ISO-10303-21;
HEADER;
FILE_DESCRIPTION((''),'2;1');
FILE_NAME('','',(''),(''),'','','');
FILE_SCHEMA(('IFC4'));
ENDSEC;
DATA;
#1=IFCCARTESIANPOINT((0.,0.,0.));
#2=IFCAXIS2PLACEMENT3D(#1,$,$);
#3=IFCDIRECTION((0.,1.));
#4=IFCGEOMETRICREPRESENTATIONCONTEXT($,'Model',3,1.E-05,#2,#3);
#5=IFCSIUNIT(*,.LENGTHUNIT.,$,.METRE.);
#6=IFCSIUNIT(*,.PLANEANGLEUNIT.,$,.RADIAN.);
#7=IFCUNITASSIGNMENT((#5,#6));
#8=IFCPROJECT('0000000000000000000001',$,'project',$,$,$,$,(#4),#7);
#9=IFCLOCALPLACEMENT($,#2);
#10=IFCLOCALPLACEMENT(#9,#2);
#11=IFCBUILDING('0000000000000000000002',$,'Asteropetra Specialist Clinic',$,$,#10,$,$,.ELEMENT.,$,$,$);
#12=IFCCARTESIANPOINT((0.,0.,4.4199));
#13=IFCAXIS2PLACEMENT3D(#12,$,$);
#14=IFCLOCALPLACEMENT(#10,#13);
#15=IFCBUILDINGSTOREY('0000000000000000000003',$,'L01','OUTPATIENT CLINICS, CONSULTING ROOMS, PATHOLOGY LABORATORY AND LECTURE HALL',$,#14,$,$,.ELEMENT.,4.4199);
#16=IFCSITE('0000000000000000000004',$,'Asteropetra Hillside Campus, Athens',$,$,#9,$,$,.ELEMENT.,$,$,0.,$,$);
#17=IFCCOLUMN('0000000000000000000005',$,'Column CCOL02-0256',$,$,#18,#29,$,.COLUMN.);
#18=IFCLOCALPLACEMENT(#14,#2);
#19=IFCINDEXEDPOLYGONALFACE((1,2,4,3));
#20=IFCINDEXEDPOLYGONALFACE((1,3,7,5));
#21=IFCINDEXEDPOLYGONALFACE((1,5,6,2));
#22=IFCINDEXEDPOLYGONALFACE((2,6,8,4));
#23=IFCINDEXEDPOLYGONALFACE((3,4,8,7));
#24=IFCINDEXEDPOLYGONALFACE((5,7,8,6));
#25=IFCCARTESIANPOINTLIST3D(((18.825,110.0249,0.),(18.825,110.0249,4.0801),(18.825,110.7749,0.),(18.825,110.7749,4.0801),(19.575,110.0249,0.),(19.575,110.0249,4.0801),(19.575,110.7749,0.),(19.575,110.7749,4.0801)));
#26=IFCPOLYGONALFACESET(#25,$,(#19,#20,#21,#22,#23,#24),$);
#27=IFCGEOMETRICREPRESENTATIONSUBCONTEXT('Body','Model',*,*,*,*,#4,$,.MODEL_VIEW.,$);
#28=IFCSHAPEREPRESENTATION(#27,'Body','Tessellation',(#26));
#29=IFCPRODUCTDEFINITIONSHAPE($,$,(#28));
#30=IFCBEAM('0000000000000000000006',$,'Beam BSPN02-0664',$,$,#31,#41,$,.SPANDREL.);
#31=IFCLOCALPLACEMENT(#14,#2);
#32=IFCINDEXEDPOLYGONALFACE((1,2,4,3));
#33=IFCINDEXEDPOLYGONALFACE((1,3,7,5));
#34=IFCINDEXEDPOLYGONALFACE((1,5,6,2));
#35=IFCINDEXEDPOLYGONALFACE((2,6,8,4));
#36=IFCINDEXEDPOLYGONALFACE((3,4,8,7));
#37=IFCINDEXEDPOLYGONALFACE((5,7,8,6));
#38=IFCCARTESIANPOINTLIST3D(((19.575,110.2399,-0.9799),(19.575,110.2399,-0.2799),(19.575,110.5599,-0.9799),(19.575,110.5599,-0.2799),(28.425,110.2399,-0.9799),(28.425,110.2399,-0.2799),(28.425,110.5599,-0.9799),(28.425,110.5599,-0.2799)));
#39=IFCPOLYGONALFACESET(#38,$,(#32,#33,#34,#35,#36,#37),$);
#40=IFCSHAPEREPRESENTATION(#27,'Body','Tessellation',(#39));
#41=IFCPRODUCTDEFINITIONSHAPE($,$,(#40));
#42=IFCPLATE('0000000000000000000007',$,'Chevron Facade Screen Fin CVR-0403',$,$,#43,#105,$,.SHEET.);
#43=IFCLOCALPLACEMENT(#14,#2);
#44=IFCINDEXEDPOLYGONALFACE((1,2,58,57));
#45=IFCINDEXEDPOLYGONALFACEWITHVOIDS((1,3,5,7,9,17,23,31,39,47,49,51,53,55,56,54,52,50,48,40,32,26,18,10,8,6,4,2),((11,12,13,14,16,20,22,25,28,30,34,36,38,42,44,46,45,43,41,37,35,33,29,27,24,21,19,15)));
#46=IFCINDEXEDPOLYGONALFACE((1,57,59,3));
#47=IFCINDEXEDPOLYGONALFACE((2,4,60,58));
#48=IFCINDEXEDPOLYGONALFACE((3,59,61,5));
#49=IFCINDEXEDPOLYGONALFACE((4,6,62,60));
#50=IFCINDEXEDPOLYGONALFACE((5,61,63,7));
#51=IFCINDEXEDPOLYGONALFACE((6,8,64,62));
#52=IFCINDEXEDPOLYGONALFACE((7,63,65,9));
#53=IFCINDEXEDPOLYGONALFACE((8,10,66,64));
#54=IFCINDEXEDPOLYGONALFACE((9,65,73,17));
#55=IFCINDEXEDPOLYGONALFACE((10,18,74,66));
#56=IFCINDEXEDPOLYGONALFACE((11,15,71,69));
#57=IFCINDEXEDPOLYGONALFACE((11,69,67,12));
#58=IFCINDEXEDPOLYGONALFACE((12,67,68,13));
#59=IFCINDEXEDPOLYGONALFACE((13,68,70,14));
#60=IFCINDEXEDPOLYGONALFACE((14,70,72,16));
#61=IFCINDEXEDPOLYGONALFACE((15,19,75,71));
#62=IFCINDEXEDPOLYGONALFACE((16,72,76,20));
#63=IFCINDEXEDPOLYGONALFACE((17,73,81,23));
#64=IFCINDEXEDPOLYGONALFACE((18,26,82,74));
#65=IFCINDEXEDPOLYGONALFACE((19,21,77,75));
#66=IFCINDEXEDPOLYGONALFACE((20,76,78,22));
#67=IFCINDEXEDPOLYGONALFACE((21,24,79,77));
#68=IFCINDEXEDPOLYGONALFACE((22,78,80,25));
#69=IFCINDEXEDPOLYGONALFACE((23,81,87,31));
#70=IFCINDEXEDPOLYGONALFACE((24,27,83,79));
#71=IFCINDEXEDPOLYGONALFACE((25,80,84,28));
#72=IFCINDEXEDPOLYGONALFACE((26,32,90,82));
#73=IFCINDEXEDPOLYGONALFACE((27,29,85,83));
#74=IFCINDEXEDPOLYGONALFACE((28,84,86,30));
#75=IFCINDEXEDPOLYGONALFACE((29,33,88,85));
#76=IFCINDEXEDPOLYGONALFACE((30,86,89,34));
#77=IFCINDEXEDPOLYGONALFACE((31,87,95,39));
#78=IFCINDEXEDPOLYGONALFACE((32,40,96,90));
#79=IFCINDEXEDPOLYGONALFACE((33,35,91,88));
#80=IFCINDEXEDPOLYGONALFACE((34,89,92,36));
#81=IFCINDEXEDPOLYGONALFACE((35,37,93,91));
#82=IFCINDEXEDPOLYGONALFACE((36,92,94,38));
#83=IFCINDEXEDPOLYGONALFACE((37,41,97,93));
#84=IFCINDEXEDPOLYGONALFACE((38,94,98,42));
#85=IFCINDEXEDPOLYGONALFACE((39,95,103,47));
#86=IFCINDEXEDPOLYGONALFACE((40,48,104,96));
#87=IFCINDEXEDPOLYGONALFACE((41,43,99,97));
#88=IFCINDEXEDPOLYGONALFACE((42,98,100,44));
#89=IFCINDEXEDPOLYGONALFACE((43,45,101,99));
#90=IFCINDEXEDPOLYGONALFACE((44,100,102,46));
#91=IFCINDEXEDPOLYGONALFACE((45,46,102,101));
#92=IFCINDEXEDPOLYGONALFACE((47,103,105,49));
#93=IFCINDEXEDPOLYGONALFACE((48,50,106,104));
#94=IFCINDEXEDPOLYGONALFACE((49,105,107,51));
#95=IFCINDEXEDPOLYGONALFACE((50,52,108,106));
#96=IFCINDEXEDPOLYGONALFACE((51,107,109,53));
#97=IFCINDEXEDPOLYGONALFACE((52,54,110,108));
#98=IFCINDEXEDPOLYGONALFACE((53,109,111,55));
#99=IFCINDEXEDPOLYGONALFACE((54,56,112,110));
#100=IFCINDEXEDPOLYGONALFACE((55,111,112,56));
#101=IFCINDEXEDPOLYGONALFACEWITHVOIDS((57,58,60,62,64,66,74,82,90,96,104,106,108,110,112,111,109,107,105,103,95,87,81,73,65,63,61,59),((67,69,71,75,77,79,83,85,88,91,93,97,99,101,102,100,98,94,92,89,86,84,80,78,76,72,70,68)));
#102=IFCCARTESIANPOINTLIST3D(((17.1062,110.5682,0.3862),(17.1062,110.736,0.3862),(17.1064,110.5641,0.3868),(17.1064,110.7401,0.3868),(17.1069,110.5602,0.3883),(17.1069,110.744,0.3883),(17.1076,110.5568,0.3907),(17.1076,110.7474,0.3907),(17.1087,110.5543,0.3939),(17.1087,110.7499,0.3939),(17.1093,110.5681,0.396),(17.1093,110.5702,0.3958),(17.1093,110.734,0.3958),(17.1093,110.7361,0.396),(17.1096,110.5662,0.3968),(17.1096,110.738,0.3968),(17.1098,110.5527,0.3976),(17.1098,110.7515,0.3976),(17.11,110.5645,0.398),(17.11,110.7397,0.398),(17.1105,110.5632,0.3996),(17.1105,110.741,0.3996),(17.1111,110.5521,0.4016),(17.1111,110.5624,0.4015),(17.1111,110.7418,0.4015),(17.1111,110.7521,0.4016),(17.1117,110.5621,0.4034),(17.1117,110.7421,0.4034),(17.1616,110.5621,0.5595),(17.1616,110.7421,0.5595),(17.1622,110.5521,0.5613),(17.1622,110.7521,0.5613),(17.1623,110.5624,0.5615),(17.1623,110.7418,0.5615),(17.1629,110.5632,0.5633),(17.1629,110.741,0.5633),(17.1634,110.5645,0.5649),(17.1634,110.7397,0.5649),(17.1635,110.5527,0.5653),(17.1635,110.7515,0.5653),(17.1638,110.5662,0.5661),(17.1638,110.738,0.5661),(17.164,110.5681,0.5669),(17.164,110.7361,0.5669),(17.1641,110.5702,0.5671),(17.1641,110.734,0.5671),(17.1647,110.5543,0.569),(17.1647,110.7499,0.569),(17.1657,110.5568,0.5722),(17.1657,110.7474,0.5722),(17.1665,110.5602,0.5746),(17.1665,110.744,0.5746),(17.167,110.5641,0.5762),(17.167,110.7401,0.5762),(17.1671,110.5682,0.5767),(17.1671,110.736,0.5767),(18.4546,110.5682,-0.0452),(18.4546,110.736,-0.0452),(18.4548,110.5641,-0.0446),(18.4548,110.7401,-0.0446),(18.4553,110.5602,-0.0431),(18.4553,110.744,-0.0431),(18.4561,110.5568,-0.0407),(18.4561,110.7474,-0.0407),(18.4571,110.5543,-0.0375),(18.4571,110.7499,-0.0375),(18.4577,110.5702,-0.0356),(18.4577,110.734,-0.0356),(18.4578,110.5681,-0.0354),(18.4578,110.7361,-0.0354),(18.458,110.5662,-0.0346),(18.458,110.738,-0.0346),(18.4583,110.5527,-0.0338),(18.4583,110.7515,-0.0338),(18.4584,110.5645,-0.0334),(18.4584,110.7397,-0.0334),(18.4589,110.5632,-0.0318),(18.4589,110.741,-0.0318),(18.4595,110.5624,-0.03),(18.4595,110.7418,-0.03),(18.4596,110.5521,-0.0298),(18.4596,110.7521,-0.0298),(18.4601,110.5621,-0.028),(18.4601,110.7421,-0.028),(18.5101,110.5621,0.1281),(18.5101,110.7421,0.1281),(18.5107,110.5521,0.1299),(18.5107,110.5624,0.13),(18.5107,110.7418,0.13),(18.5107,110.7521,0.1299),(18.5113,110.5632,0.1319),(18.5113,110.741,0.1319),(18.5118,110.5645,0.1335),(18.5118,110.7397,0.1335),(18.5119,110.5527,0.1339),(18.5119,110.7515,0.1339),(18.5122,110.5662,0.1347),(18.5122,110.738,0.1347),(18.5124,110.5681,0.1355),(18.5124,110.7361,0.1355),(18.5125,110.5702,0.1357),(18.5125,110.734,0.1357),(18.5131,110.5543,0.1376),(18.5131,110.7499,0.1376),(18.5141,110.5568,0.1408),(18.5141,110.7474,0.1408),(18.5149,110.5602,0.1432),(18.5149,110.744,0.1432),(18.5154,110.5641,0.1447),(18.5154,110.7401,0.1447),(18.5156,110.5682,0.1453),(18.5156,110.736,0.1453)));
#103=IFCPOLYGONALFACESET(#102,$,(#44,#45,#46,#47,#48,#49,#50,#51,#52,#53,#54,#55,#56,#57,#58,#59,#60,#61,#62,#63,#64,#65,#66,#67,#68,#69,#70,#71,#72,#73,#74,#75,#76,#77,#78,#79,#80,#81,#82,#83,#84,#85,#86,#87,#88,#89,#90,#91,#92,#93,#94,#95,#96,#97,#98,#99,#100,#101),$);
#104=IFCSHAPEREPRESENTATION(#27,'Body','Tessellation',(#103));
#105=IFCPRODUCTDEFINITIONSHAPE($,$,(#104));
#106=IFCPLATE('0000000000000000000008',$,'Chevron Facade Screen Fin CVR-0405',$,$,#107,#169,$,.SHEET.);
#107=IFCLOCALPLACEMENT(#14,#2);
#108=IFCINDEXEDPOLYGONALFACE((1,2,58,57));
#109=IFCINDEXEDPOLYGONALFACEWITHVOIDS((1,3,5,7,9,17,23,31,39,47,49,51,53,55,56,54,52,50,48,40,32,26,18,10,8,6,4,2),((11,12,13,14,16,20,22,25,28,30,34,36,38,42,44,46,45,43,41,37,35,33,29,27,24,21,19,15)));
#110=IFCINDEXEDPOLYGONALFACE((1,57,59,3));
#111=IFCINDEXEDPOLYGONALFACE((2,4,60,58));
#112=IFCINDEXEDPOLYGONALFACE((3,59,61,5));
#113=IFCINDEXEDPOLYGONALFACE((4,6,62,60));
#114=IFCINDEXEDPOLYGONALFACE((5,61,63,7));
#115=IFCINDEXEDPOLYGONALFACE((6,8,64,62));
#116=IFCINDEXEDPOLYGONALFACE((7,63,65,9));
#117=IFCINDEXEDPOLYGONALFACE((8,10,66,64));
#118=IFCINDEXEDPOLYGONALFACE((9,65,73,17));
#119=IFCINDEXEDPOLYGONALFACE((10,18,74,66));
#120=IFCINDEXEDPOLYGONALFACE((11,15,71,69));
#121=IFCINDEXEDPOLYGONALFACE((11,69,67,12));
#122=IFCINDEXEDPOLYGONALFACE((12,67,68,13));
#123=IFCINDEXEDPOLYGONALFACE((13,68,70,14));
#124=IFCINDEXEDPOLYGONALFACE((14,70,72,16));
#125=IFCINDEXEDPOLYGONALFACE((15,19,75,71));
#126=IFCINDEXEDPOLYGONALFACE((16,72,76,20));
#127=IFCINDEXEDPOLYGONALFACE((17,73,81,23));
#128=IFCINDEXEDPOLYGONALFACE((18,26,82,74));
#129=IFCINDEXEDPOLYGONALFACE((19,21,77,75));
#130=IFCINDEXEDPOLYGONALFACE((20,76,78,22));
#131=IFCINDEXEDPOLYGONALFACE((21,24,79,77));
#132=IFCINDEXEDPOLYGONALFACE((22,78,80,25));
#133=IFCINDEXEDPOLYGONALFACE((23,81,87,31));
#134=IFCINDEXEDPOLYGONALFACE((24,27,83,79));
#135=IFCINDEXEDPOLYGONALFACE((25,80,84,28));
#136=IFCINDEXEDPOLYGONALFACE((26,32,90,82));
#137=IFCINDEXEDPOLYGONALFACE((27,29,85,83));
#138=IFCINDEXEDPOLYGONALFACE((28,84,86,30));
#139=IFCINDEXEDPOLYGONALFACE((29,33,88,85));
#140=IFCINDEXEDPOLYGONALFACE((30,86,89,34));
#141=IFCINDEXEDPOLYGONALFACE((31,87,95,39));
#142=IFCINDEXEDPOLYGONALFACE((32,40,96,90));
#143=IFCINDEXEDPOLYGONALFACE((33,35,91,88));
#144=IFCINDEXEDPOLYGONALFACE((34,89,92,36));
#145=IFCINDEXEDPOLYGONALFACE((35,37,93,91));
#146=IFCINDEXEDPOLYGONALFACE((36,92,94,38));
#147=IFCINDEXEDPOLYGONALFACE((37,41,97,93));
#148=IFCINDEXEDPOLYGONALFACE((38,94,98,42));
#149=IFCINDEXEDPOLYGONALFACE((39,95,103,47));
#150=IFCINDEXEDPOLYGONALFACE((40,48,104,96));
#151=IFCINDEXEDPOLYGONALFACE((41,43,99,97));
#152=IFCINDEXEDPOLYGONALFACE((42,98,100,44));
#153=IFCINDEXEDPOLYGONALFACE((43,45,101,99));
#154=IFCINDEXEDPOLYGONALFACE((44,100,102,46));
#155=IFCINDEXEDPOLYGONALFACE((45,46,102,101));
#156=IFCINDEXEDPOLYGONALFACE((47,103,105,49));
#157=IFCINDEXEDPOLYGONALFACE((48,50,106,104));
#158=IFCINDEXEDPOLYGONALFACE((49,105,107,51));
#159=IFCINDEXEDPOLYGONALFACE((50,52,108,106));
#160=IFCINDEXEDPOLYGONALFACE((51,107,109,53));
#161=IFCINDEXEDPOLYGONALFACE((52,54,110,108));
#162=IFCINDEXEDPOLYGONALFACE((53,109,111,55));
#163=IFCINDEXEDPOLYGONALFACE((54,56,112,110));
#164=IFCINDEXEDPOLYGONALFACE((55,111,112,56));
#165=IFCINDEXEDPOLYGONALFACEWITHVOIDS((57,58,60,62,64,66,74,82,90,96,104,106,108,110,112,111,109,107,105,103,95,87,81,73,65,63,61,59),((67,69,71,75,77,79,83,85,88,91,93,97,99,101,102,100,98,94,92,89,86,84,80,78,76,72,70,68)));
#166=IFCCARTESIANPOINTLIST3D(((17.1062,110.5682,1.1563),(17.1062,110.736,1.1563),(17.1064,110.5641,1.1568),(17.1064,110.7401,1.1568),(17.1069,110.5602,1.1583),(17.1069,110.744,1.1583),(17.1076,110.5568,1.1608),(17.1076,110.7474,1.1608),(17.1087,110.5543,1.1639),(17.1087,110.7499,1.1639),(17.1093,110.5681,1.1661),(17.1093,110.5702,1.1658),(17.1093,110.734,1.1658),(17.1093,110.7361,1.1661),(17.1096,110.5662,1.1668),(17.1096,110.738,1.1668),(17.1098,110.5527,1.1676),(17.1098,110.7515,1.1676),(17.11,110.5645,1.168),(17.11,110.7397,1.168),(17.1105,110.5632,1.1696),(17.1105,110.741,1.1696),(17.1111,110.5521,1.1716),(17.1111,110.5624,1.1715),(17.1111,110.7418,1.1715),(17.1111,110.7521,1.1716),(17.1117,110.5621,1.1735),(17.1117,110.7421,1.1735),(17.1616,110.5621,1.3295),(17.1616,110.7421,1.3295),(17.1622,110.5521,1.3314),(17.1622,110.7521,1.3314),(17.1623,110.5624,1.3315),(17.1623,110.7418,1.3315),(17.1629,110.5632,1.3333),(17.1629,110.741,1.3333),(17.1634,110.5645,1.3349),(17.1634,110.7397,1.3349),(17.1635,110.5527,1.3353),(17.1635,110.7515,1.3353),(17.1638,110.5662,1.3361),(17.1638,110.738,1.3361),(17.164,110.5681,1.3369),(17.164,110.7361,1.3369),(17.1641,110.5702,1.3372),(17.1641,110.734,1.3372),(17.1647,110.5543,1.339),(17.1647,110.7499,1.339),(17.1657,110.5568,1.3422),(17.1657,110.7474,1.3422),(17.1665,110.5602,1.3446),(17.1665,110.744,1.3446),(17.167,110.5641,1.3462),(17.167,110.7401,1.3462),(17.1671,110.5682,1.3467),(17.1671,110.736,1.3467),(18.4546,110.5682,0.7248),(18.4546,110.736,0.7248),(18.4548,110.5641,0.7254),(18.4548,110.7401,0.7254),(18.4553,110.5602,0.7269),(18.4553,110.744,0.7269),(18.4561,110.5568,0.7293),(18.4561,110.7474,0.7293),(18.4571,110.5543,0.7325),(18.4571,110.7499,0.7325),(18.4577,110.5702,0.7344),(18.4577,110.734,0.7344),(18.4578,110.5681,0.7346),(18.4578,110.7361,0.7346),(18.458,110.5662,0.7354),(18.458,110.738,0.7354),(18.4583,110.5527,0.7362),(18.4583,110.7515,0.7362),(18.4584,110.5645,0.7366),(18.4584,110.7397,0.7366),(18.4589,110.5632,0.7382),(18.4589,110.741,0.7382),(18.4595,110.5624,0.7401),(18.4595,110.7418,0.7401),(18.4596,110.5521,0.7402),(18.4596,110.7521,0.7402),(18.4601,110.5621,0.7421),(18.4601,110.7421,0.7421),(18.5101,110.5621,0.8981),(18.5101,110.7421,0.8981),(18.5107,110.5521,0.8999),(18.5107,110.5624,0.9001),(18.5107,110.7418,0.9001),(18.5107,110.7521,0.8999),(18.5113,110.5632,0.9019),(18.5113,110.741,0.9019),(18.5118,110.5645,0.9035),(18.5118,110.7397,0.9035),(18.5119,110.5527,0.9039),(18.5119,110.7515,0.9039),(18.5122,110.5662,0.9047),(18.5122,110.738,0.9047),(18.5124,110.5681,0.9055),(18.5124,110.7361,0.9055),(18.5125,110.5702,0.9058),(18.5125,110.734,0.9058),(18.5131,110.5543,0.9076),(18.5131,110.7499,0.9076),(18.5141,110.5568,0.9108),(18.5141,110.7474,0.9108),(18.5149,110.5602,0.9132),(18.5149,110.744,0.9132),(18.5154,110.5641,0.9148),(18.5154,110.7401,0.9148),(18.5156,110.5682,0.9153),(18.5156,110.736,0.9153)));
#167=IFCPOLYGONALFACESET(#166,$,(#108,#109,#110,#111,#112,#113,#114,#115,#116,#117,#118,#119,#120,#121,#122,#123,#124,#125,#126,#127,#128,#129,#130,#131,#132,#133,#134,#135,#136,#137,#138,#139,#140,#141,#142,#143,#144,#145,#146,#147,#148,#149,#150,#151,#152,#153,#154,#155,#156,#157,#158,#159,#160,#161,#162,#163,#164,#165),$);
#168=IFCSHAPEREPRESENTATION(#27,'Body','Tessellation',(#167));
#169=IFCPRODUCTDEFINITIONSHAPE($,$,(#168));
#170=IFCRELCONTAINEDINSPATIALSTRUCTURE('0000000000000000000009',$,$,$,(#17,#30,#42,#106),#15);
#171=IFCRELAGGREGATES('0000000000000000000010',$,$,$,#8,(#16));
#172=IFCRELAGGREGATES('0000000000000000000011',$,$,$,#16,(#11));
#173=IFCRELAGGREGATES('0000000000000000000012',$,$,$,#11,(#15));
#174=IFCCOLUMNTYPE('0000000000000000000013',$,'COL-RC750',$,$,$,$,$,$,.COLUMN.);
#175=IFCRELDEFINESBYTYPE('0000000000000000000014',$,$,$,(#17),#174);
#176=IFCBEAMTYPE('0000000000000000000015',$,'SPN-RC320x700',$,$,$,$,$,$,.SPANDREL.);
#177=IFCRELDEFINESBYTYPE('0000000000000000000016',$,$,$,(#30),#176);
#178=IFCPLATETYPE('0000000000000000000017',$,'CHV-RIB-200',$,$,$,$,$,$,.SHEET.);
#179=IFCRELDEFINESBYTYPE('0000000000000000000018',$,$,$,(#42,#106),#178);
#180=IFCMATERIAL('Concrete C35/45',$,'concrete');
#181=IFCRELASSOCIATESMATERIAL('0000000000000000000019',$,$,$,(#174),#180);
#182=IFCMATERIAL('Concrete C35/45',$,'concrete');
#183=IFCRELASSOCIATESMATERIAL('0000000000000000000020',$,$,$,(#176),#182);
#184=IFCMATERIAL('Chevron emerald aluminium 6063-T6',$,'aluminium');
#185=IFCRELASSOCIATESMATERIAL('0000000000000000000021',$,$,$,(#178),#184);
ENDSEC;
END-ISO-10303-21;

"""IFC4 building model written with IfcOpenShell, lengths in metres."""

from ifc_helpers import new_model, si_unit, direction, frame, origin, origin_2d, place, context, subcontext, project, spatial, rectangle, hollow_rectangle, extrude, material, material_profile, profile_set, type_object, element, save


model = new_model("IFC4")

# Units and contexts
model_context = context("Model", 3, precision=1e-05, world=origin(), true_north=direction((0.0, 1.0)))
body_context = subcontext(model_context, "Body", "Model", "MODEL_VIEW")
ifc_project = project(units=[si_unit("LENGTHUNIT", "METRE"), si_unit("PLANEANGLEUNIT", "RADIAN")], contexts=[model_context])

# Site, building, storey
site_placement = place(None, origin())
site = spatial("IfcSite", under=ifc_project, at=site_placement, Name="Asteropetra Hillside Campus, Athens", CompositionType="ELEMENT", RefElevation=0.0)
building_placement = place(site_placement, origin())
building = spatial("IfcBuilding", under=site, at=building_placement, Name="Asteropetra Specialist Clinic", CompositionType="ELEMENT")
storey_placement = place(building_placement, frame((0.0, 0.0, 4.4199)))
storey = spatial("IfcBuildingStorey", under=building, at=storey_placement, Name="L01", Description="OUTPATIENT CLINICS, CONSULTING ROOMS, PATHOLOGY LABORATORY AND LECTURE HALL", CompositionType="ELEMENT", Elevation=4.4199)

# Column
ifc_material_1 = material(Name="Concrete C35/45", Category="concrete")
ifc_material_profile_1 = material_profile(ifc_material_1, rectangle(XDim=0.75, YDim=0.75, at=origin_2d()), Name="RC 750x750")
ifc_profile_set_1 = profile_set([ifc_material_profile_1], Name="Concrete C35/45")
column_type = type_object("IfcColumnType", Name="COL-RC750", PredefinedType="COLUMN", material=ifc_profile_set_1)
column_placement = place(storey_placement, frame((19.2, 110.3999, 0.0), z_axis=(0.0, 0.0, 1.0), x_axis=(1.0, 0.0, 0.0)))
element("IfcColumn", 1, at=column_placement, inside=storey, type_object=column_type, Name="Column CCOL02-0256", PredefinedType="COLUMN", context=body_context, shape_type="SweptSolid", body=[
    extrude(rectangle(XDim=0.75, YDim=0.75, at=origin_2d()), origin(), (0.0, 0.0, 1.0), 4.0801),
])

# Beam
ifc_material_2 = material(Name="Concrete C35/45", Category="concrete")
ifc_material_profile_2 = material_profile(ifc_material_2, rectangle(XDim=0.3201, YDim=0.7, at=origin_2d()), Name="RCS 320x700")
ifc_profile_set_2 = profile_set([ifc_material_profile_2], Name="Concrete C35/45")
beam_type = type_object("IfcBeamType", Name="SPN-RC320x700", PredefinedType="SPANDREL", material=ifc_profile_set_2)
beam_placement = place(storey_placement, frame((19.575, 110.3999, -0.6299), z_axis=(1.0, 0.0, 0.0), x_axis=(0.0, 1.0, 0.0)))
element("IfcBeam", 2, at=beam_placement, inside=storey, type_object=beam_type, Name="Beam BSPN02-0664", PredefinedType="SPANDREL", context=body_context, shape_type="SweptSolid", body=[
    extrude(rectangle(XDim=0.3201, YDim=0.7, at=origin_2d()), origin(), (0.0, 0.0, 1.0), 8.8501),
])

# Plates
ifc_material_3 = material(Name="Chevron emerald aluminium 6063-T6", Category="aluminium")
ifc_material_profile_3 = material_profile(ifc_material_3, hollow_rectangle(XDim=0.2, YDim=0.2, WallThickness=0.01, InnerFilletRadius=0.0081, OuterFilletRadius=0.0161, at=origin_2d()), Name="SHS 200x200x10.0")
ifc_profile_set_3 = profile_set([ifc_material_profile_3], Name="Chevron emerald aluminium 6063-T6")
plate_type_1 = type_object("IfcPlateType", Name="CHV-RIB-200", PredefinedType="SHEET", material=ifc_profile_set_3)
for number, where, z_axis, x_axis, name in (
    (3, (18.4851, 110.6521, 0.05), (-0.952442, 0.0, 0.304719), (0.0, -1.0, 0.0), "Chevron Facade Screen Fin CVR-0403"),
    (4, (18.4851, 110.6521, 0.8201), (-0.952442, 0.0, 0.304719), (0.0, -1.0, 0.0), "Chevron Facade Screen Fin CVR-0405"),
):
    element("IfcPlate", number, at=place(storey_placement, frame(where, z_axis=z_axis, x_axis=x_axis)), inside=storey, type_object=plate_type_1, Name=name, PredefinedType="SHEET", context=body_context, shape_type="SweptSolid", body=[
        extrude(hollow_rectangle(XDim=0.2, YDim=0.2, WallThickness=0.01, InnerFilletRadius=0.0081, OuterFilletRadius=0.0161, at=origin_2d()), origin(), (0.0, 0.0, 1.0), 1.4158),
    ])

save(model, "model.ifc")
